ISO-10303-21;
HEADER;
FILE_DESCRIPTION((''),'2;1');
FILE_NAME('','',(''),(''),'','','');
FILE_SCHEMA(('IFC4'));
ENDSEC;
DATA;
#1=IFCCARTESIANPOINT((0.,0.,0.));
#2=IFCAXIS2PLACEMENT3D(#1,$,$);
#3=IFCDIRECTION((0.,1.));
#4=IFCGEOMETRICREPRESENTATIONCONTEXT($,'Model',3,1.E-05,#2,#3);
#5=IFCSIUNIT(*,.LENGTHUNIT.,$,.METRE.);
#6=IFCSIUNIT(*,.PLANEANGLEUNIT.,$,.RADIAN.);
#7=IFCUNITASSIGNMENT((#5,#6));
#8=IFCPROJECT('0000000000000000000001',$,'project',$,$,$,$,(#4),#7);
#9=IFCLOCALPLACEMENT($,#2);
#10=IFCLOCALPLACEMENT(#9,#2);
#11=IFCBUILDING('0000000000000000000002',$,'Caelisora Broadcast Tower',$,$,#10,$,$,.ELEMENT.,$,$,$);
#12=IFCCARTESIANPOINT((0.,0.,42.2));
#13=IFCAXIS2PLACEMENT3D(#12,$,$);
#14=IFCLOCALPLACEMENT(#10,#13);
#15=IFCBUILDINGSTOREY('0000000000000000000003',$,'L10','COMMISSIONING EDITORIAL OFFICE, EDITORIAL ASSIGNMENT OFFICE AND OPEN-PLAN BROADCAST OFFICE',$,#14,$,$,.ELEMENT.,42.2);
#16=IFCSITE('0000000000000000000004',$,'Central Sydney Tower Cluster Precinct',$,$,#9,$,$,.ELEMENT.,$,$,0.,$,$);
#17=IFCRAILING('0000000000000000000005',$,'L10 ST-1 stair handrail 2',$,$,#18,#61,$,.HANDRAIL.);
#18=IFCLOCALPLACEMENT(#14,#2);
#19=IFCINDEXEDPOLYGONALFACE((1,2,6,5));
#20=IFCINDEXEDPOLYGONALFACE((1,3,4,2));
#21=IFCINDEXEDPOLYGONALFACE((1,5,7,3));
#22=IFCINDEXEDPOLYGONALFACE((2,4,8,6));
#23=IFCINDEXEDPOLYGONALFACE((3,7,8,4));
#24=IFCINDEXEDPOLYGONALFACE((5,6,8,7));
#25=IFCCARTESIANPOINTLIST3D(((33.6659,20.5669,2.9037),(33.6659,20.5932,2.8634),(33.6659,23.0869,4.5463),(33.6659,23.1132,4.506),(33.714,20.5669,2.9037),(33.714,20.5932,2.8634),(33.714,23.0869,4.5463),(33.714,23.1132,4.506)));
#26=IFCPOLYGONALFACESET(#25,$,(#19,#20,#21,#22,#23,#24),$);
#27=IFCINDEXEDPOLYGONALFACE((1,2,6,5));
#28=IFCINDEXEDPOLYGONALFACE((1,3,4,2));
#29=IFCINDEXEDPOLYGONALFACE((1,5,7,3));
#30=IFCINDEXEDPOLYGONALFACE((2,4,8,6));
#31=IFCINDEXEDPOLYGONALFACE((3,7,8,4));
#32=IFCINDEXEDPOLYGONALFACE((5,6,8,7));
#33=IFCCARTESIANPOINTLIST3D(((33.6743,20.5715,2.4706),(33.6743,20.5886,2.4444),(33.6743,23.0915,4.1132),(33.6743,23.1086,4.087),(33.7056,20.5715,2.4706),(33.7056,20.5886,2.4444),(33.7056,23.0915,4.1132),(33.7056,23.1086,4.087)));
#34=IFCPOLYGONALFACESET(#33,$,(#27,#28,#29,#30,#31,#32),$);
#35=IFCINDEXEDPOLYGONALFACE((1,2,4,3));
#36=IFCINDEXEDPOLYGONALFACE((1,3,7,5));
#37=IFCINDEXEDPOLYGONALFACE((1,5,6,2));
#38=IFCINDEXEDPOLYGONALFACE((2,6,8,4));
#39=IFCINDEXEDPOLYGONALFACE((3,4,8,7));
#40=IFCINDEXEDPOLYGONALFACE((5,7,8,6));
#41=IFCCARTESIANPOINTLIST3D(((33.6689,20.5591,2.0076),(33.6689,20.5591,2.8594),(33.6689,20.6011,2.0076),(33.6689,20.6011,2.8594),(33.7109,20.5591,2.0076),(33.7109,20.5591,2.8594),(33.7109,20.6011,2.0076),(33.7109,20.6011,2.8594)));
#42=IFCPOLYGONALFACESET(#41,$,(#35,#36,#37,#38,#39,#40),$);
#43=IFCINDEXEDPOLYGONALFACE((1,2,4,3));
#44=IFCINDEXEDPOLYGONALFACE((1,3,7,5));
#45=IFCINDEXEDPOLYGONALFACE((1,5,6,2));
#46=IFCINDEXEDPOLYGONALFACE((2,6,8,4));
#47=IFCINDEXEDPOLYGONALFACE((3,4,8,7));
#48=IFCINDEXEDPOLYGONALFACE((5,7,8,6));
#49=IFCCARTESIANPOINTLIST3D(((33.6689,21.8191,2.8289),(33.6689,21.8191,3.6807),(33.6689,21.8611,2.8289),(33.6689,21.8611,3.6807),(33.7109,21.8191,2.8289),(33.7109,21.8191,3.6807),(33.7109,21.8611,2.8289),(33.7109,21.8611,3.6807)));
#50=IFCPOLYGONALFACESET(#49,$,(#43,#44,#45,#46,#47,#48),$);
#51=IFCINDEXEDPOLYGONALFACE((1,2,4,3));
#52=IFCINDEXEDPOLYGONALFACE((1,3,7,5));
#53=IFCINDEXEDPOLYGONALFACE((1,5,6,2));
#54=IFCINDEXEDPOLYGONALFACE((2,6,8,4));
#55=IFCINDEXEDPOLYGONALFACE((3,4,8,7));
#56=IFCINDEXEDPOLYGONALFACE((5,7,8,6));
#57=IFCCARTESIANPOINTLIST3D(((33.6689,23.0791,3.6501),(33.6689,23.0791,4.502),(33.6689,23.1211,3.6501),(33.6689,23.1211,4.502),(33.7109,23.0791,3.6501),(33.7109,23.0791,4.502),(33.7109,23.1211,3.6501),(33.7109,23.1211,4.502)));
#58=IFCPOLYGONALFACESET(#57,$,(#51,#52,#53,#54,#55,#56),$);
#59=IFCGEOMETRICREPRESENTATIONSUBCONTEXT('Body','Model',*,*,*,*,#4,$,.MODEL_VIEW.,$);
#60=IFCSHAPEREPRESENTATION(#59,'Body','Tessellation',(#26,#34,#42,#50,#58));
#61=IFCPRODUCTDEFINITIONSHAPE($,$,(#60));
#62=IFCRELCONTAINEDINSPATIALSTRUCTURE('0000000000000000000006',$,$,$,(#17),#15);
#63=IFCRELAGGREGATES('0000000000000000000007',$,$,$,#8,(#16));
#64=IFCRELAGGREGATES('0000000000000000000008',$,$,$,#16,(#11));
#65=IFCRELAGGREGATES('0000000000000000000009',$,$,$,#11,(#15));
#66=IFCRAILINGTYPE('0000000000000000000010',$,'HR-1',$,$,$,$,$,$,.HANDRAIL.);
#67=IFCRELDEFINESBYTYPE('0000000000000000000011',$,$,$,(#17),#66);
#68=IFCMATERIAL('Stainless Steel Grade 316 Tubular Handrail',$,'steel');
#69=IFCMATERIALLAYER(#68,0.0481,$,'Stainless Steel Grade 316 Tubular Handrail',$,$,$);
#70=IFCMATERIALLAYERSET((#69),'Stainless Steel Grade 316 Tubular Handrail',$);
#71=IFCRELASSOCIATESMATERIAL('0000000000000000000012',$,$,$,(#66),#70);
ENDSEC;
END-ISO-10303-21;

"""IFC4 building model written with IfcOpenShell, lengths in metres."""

from ifc_helpers import new_model, si_unit, direction, frame, origin, origin_2d, place, context, subcontext, project, spatial, rectangle, extrude, material, layer, layer_set, type_object, element, save


model = new_model("IFC4")

# Units and contexts
model_context = context("Model", 3, precision=1e-05, world=origin(), true_north=direction((0.0, 1.0)))
body_context = subcontext(model_context, "Body", "Model", "MODEL_VIEW")
ifc_project = project(units=[si_unit("LENGTHUNIT", "METRE"), si_unit("PLANEANGLEUNIT", "RADIAN")], contexts=[model_context])

# Site, building, storey
site_placement = place(None, origin())
site = spatial("IfcSite", under=ifc_project, at=site_placement, Name="Central Sydney Tower Cluster Precinct", CompositionType="ELEMENT", RefElevation=0.0)
building_placement = place(site_placement, origin())
building = spatial("IfcBuilding", under=site, at=building_placement, Name="Caelisora Broadcast Tower", CompositionType="ELEMENT")
storey_placement = place(building_placement, frame((0.0, 0.0, 42.2)))
storey = spatial("IfcBuildingStorey", under=building, at=storey_placement, Name="L10", Description="COMMISSIONING EDITORIAL OFFICE, EDITORIAL ASSIGNMENT OFFICE AND OPEN-PLAN BROADCAST OFFICE", CompositionType="ELEMENT", Elevation=42.2)

# Railing
ifc_material_1 = material(Name="Stainless Steel Grade 316 Tubular Handrail", Category="steel")
ifc_layer_1 = layer(ifc_material_1, 0.0481, Name="Stainless Steel Grade 316 Tubular Handrail")
ifc_layer_set_1 = layer_set([ifc_layer_1], Name="Stainless Steel Grade 316 Tubular Handrail")
railing_type_1 = type_object("IfcRailingType", Name="HR-1", PredefinedType="HANDRAIL", material=ifc_layer_set_1)
railing_1_placement = place(storey_placement, frame((33.6899, 20.5801, 2.0076)))
element("IfcRailing", 1, at=railing_1_placement, inside=storey, type_object=railing_type_1, Name="L10 ST-1 stair handrail 2", PredefinedType="HANDRAIL", context=body_context, shape_type="SweptSolid", body=[
    extrude(rectangle(XDim=0.0481, YDim=0.0481, at=origin_2d()), frame((0.0, 0.0, 0.876), z_axis=(0.0, 0.837749, 0.546055), x_axis=(-1.0, 0.0, 0.0)), (0.0, 0.0, 1.0), 3.0081),
    extrude(rectangle(XDim=0.0312, YDim=0.0312, at=origin_2d()), frame((0.0, 0.0, 0.45), z_axis=(0.0, 0.837749, 0.546055), x_axis=(-1.0, 0.0, 0.0)), (0.0, 0.0, 1.0), 3.0081),
    extrude(rectangle(XDim=0.042, YDim=0.042, at=origin_2d()), origin(), (0.0, 0.0, 1.0), 0.8518),
    extrude(rectangle(XDim=0.042, YDim=0.042, at=origin_2d()), frame((0.0, 1.26, 0.8213)), (0.0, 0.0, 1.0), 0.8518),
    extrude(rectangle(XDim=0.042, YDim=0.042, at=origin_2d()), frame((0.0, 2.52, 1.6426)), (0.0, 0.0, 1.0), 0.8518),
])

save(model, "model.ifc")
